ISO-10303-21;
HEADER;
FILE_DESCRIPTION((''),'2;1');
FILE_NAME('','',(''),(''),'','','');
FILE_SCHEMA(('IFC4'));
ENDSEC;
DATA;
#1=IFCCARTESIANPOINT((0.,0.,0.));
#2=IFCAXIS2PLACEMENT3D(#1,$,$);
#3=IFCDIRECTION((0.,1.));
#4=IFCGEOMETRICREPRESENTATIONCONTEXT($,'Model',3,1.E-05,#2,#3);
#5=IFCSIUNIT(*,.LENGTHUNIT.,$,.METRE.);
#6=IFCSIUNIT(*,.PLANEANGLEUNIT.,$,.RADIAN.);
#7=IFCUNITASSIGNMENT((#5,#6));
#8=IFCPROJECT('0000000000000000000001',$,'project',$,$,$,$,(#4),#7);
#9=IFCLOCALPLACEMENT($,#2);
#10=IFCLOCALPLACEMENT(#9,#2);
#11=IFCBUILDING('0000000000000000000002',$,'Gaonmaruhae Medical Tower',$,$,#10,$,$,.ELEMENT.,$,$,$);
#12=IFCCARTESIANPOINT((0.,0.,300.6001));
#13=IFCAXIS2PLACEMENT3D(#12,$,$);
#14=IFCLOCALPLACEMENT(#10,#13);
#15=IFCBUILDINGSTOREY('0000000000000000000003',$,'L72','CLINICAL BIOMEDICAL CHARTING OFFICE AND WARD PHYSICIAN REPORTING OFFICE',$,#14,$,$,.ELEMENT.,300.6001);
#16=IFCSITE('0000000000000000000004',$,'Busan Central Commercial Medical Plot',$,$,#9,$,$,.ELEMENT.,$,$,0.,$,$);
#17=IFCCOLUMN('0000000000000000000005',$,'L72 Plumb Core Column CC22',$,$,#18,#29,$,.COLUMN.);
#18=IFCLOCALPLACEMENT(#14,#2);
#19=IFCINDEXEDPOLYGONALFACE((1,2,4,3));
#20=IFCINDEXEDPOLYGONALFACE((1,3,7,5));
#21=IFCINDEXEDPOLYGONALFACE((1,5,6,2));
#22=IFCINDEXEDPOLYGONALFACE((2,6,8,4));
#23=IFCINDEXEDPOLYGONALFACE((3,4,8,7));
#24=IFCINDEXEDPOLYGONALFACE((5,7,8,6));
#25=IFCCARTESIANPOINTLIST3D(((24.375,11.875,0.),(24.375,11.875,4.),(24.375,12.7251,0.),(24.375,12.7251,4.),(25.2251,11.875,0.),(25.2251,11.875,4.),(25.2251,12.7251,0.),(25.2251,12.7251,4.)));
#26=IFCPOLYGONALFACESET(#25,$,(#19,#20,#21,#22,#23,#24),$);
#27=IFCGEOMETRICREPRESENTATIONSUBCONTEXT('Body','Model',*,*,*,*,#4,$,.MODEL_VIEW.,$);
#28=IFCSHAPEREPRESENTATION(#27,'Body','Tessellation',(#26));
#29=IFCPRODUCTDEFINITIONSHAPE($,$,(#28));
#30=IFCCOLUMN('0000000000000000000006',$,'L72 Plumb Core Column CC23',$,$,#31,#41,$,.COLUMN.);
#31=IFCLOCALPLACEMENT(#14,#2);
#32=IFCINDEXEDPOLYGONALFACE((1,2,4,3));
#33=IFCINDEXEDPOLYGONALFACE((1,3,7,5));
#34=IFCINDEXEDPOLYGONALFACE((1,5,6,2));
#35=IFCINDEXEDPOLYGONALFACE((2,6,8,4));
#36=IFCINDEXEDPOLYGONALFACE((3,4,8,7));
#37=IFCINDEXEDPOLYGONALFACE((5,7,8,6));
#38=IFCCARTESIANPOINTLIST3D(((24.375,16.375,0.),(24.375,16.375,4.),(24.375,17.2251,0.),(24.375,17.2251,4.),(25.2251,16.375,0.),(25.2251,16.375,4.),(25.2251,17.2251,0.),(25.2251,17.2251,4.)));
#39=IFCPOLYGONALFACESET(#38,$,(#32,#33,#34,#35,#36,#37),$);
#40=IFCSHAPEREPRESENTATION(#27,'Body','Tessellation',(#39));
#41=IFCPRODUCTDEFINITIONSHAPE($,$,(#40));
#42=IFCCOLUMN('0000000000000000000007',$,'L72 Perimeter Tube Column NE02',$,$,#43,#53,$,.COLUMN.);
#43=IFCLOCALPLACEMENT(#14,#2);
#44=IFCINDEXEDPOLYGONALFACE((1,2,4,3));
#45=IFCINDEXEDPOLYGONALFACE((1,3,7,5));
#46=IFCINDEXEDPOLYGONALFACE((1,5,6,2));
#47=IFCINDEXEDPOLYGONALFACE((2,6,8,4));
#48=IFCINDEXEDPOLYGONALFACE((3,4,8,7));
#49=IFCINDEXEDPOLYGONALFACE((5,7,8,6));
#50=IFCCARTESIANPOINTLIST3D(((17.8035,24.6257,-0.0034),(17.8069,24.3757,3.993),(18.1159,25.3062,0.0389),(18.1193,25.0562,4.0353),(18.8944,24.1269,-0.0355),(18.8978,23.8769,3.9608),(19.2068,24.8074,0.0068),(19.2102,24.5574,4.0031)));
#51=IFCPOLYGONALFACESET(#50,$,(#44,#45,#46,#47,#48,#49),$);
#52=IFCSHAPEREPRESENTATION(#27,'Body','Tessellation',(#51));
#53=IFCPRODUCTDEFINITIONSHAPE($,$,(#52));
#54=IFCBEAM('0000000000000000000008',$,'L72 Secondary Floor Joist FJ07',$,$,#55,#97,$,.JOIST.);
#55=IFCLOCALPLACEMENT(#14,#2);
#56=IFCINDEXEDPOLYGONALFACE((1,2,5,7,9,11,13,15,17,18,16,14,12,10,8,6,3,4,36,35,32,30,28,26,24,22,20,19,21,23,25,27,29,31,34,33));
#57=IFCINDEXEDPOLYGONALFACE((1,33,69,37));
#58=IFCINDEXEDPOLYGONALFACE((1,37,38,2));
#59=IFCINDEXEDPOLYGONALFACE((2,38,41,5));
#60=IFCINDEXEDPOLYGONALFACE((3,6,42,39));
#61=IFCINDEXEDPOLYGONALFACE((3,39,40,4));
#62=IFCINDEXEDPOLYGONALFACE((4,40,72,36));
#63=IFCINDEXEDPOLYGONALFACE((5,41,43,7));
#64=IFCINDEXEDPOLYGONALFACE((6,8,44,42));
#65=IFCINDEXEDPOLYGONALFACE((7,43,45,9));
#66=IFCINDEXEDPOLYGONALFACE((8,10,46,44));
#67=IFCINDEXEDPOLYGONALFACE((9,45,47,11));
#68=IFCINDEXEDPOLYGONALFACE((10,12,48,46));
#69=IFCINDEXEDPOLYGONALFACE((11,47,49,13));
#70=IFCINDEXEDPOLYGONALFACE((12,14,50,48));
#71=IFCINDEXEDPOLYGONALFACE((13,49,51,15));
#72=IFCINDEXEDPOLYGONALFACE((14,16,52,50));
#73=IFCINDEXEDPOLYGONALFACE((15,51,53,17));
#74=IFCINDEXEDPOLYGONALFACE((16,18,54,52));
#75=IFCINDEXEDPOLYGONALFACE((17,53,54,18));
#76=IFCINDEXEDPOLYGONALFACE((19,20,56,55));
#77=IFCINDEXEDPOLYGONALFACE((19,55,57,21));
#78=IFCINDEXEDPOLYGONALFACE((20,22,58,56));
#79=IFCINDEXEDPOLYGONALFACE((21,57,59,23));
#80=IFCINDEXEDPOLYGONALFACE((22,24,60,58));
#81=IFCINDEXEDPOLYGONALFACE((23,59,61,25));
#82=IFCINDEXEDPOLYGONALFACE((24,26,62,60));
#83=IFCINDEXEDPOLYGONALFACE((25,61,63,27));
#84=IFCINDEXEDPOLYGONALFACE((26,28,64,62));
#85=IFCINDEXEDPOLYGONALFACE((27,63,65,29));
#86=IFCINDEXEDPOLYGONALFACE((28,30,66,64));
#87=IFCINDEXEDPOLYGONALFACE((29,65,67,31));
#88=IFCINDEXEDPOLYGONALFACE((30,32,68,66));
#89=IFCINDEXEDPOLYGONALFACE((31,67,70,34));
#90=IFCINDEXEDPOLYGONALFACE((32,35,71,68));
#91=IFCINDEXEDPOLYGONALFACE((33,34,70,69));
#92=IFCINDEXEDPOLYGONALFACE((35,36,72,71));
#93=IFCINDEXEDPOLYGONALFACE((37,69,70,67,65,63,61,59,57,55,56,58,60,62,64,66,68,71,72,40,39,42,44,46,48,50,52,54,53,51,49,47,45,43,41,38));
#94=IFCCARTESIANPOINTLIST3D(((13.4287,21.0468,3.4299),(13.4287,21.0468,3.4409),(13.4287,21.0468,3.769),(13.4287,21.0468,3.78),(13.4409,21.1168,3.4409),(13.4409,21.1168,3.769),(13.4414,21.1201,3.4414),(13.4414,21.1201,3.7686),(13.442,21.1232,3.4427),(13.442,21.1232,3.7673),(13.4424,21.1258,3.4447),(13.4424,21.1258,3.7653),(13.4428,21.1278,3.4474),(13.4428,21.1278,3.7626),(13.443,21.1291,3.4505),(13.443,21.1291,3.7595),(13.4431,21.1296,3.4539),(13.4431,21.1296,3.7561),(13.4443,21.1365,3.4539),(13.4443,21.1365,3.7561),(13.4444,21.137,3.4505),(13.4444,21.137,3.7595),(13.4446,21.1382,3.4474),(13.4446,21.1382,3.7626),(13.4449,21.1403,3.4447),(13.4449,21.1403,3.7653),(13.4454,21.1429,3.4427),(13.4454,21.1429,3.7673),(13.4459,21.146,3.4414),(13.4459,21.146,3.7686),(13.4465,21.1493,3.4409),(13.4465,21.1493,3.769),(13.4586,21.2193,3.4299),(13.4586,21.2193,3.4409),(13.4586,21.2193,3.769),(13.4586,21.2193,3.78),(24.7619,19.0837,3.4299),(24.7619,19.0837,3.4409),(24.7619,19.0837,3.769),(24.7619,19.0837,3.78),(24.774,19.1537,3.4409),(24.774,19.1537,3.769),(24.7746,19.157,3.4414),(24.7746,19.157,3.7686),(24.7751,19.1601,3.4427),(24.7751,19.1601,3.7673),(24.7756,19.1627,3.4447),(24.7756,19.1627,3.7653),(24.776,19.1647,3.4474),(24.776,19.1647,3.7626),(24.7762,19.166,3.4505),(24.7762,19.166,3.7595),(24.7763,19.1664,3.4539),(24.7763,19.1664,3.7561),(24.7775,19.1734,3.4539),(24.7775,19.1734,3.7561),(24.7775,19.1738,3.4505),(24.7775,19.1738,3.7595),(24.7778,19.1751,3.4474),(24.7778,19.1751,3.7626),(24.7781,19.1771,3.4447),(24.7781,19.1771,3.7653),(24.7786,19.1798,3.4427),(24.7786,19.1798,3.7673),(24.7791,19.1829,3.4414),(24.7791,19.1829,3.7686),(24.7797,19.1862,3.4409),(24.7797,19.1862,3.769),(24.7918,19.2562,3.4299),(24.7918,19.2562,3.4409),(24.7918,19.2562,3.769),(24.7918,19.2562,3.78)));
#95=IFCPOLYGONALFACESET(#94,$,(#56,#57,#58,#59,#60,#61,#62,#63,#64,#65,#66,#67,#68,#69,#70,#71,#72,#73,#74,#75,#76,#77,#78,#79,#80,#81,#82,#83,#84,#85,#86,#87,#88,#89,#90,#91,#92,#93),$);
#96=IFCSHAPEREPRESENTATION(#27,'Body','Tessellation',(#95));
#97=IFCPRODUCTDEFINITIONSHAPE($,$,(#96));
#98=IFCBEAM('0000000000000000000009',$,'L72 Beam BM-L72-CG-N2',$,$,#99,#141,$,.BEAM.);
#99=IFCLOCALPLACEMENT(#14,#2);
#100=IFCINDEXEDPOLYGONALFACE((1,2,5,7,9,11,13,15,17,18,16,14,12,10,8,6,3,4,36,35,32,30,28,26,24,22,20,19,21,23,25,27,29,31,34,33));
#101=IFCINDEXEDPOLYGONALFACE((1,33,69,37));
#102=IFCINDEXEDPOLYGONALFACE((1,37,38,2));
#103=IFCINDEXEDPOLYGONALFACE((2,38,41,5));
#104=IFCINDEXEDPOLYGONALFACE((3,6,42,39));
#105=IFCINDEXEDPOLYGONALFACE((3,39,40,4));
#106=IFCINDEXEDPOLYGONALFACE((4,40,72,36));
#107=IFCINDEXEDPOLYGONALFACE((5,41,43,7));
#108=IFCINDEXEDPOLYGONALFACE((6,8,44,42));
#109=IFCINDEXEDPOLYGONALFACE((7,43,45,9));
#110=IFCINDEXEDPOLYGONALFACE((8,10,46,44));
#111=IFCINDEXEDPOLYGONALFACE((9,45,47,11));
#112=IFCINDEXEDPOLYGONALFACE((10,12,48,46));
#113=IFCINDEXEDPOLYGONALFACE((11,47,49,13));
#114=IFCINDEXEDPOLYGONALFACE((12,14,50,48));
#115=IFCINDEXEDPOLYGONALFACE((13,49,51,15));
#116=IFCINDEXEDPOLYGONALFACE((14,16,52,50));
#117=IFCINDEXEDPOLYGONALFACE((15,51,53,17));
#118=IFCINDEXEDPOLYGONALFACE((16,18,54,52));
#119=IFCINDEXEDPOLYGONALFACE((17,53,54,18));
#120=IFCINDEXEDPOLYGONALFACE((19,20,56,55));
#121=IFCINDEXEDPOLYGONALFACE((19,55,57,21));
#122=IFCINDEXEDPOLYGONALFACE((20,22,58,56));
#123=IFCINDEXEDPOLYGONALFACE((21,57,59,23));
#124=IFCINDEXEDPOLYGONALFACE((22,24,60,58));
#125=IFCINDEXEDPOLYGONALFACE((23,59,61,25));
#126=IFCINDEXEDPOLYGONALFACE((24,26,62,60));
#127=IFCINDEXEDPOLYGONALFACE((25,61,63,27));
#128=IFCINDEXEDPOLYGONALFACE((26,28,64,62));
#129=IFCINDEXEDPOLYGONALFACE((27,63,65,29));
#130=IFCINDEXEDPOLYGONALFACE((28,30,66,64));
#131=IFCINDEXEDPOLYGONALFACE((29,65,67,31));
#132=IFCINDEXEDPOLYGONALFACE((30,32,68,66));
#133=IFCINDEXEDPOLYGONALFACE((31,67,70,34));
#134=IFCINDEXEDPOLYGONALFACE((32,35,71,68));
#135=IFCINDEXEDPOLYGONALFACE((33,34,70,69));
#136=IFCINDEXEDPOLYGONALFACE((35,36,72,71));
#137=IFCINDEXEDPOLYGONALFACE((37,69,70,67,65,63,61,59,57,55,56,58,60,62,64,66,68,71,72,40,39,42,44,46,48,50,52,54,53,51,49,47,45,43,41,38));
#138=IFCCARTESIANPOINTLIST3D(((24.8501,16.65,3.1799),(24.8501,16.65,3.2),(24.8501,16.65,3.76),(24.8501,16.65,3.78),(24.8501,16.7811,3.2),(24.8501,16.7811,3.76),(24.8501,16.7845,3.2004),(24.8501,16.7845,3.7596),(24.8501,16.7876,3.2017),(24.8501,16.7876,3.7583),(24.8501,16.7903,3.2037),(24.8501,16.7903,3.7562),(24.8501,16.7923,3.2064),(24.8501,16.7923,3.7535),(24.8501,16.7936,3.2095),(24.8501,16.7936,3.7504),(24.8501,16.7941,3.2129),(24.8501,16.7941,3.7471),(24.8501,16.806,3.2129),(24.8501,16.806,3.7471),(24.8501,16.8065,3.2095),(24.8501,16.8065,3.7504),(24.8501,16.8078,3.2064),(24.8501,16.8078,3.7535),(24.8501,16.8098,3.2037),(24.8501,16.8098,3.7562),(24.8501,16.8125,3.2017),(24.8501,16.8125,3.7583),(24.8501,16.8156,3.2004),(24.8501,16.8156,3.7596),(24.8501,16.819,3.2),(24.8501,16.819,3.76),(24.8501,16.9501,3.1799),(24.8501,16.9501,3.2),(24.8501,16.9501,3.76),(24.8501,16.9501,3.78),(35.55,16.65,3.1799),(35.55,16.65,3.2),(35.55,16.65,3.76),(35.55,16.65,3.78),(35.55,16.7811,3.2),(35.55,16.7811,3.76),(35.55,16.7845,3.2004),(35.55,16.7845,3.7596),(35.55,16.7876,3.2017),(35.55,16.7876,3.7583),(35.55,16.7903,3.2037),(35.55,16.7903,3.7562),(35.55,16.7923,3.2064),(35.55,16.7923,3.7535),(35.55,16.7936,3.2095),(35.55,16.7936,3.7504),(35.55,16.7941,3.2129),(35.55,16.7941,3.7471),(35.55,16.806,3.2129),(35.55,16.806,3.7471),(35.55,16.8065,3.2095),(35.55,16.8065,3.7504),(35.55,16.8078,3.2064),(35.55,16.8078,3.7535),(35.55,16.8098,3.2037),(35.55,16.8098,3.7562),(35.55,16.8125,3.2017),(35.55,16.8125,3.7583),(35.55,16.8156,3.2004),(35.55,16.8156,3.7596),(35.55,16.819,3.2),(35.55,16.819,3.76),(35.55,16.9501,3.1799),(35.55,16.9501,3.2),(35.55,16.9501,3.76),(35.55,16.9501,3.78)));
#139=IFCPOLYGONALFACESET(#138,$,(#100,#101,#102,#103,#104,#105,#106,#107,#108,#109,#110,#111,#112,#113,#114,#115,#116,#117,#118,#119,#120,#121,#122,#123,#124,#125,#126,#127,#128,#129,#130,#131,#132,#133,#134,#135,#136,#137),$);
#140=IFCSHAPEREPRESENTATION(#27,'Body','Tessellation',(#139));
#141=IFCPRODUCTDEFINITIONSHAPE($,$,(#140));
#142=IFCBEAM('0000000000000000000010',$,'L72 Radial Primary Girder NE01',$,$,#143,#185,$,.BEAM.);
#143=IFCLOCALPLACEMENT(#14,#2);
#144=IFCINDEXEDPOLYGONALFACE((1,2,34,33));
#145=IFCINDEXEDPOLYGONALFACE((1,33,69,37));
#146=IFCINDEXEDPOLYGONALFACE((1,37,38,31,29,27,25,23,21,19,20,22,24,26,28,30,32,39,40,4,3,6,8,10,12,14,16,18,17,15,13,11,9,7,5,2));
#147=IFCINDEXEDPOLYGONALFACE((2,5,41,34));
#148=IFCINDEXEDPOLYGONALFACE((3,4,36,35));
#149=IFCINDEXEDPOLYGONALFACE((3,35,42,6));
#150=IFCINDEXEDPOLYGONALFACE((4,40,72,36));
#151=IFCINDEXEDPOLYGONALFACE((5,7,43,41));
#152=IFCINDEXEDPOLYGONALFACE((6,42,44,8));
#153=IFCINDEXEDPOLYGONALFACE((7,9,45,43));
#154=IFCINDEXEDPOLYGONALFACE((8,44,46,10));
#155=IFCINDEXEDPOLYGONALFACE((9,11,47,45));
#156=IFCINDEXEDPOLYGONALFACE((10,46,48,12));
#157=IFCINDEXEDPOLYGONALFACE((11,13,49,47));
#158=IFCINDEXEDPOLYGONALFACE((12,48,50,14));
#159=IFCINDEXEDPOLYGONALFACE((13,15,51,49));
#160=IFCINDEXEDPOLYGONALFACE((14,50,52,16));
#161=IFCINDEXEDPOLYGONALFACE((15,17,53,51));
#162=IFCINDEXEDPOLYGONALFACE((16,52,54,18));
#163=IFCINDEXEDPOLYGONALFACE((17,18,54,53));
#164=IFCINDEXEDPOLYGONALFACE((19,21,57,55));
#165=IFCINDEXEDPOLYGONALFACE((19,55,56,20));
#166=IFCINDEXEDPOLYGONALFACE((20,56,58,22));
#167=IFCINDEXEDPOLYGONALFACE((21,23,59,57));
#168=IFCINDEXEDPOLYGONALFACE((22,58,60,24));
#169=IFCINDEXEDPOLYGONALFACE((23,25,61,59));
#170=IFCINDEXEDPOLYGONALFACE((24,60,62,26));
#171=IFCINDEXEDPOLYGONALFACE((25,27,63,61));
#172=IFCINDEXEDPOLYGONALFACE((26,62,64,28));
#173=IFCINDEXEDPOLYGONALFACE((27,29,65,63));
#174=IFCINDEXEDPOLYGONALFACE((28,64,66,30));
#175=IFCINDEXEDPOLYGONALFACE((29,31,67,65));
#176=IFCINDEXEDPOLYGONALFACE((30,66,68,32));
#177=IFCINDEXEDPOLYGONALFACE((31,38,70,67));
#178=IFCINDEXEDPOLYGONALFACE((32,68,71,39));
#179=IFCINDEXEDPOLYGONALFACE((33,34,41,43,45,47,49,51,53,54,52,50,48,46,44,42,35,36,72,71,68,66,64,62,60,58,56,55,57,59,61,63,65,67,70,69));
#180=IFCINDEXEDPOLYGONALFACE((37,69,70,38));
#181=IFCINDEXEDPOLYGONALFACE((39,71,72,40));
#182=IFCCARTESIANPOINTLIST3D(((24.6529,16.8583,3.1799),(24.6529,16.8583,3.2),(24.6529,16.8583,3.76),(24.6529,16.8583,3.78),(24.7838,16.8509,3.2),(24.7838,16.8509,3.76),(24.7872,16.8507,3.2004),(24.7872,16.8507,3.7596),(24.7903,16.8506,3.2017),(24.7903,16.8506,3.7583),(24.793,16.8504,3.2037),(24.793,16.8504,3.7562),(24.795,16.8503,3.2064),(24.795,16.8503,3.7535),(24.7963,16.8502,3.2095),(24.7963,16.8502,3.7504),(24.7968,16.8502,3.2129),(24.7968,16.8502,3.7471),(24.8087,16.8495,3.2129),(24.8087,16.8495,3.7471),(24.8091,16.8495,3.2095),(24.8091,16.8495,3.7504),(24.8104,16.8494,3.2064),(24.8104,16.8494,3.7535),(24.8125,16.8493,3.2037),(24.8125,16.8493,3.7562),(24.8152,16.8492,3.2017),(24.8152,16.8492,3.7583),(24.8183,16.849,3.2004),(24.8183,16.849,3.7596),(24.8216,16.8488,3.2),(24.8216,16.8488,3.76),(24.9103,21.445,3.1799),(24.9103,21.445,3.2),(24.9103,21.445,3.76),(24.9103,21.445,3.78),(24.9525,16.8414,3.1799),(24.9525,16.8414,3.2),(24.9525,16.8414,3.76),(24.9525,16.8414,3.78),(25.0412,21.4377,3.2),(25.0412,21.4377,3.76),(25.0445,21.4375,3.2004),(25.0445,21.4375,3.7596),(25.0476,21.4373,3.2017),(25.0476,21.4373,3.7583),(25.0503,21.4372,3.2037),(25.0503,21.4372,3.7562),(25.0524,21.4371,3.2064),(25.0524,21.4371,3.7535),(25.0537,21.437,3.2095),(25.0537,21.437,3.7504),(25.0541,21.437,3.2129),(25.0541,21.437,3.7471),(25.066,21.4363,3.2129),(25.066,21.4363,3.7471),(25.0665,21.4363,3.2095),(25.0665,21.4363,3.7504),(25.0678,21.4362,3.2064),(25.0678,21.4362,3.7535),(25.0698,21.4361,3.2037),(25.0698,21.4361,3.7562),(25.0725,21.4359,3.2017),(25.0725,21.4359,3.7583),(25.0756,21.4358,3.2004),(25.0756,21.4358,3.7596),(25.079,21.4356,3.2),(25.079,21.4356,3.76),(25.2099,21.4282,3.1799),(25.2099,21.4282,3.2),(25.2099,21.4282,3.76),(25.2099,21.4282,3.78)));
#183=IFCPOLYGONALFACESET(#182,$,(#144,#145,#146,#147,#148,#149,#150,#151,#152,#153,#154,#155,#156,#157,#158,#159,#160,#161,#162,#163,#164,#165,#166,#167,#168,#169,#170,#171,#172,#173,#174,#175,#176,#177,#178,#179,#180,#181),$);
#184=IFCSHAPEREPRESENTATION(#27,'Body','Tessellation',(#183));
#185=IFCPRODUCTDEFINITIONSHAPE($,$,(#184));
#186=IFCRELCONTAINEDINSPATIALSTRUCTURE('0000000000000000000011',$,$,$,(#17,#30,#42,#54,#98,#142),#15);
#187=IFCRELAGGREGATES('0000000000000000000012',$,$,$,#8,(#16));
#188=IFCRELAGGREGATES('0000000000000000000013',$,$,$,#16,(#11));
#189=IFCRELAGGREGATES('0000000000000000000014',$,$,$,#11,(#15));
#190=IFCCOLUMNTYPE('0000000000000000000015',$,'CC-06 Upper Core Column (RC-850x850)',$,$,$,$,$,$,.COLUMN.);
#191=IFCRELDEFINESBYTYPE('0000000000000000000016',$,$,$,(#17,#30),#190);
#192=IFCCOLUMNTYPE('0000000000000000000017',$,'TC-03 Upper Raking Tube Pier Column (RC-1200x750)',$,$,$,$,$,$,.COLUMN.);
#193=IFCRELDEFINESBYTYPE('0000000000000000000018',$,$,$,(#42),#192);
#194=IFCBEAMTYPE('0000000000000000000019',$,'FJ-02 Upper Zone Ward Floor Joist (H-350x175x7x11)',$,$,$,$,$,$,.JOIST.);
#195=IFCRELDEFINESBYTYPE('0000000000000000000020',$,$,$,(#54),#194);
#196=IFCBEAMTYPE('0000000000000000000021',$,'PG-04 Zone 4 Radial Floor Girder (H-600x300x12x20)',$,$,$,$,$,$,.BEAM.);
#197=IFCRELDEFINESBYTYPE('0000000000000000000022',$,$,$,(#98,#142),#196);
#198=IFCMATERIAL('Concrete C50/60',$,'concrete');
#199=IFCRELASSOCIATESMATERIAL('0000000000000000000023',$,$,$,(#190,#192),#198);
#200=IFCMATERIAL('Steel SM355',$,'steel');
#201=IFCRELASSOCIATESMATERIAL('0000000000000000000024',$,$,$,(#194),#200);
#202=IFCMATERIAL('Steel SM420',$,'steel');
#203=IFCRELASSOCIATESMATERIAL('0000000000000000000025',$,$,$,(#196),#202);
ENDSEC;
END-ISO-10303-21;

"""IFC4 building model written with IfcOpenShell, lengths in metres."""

from ifc_helpers import new_model, si_unit, direction, frame, origin, origin_2d, place, context, subcontext, project, spatial, rectangle, i_section, extrude, material, material_profile, profile_set, type_object, element, save


model = new_model("IFC4")

# Units and contexts
model_context = context("Model", 3, precision=1e-05, world=origin(), true_north=direction((0.0, 1.0)))
body_context = subcontext(model_context, "Body", "Model", "MODEL_VIEW")
ifc_project = project(units=[si_unit("LENGTHUNIT", "METRE"), si_unit("PLANEANGLEUNIT", "RADIAN")], contexts=[model_context])

# Site, building, storey
site_placement = place(None, origin())
site = spatial("IfcSite", under=ifc_project, at=site_placement, Name="Busan Central Commercial Medical Plot", CompositionType="ELEMENT", RefElevation=0.0)
building_placement = place(site_placement, origin())
building = spatial("IfcBuilding", under=site, at=building_placement, Name="Gaonmaruhae Medical Tower", CompositionType="ELEMENT")
storey_placement = place(building_placement, frame((0.0, 0.0, 300.6001)))
storey = spatial("IfcBuildingStorey", under=building, at=storey_placement, Name="L72", Description="CLINICAL BIOMEDICAL CHARTING OFFICE AND WARD PHYSICIAN REPORTING OFFICE", CompositionType="ELEMENT", Elevation=300.6001)

# Columns
ifc_material_1 = material(Name="Concrete C50/60", Category="concrete")
ifc_material_profile_1 = material_profile(ifc_material_1, rectangle(XDim=0.8501, YDim=0.8501, at=origin_2d()), Name="RC-850x850")
ifc_profile_set_1 = profile_set([ifc_material_profile_1], Name="Concrete C50/60")
column_type_1 = type_object("IfcColumnType", Name="CC-06 Upper Core Column (RC-850x850)", PredefinedType="COLUMN", material=ifc_profile_set_1)
for number, where, z_axis, x_axis, name in (
    (1, (24.8, 12.3, 0.0), (0.0, 0.0, 1.0), (1.0, 0.0, 0.0), "L72 Plumb Core Column CC22"),
    (2, (24.8, 16.8, 0.0), (0.0, 0.0, 1.0), (1.0, 0.0, 0.0), "L72 Plumb Core Column CC23"),
):
    element("IfcColumn", number, at=place(storey_placement, frame(where, z_axis=z_axis, x_axis=x_axis)), inside=storey, type_object=column_type_1, Name=name, PredefinedType="COLUMN", context=body_context, shape_type="SweptSolid", body=[
        extrude(rectangle(XDim=0.8501, YDim=0.8501, at=origin_2d()), origin(), (0.0, 0.0, 1.0), 4.0),
    ])
ifc_material_profile_2 = material_profile(ifc_material_1, rectangle(XDim=1.2, YDim=0.75, at=origin_2d()), Name="RC-1200x750")
ifc_profile_set_2 = profile_set([ifc_material_profile_2], Name="Concrete C50/60")
column_type_2 = type_object("IfcColumnType", Name="TC-03 Upper Raking Tube Pier Column (RC-1200x750)", PredefinedType="COLUMN", material=ifc_profile_set_2)
column_placement = place(storey_placement, frame((18.5051, 24.7166, 0.0017), z_axis=(0.000854, -0.062435, 0.998049), x_axis=(-0.909103, 0.415709, 0.026783)))
element("IfcColumn", 3, at=column_placement, inside=storey, type_object=column_type_2, Name="L72 Perimeter Tube Column NE02", PredefinedType="COLUMN", context=body_context, shape_type="SweptSolid", body=[
    extrude(rectangle(XDim=1.2, YDim=0.75, at=origin_2d()), origin(), (0.0, 0.0, 1.0), 4.0042),
])

# Beams
ifc_material_2 = material(Name="Steel SM355", Category="steel")
ifc_material_profile_3 = material_profile(ifc_material_2, i_section(OverallWidth=0.175, OverallDepth=0.3501, WebThickness=0.0071, FlangeThickness=0.011, FilletRadius=0.0129, at=origin_2d()), Name="H-350x175x7x11")
ifc_profile_set_3 = profile_set([ifc_material_profile_3], Name="Steel SM355")
beam_type_1 = type_object("IfcBeamType", Name="FJ-02 Upper Zone Ward Floor Joist (H-350x175x7x11)", PredefinedType="JOIST", material=ifc_profile_set_3)
beam_1_placement = place(storey_placement, frame((24.7769, 19.1699, 3.605), z_axis=(-0.985327, 0.170677, 0.0), x_axis=(-0.170677, -0.985327, 0.0)))
element("IfcBeam", 4, at=beam_1_placement, inside=storey, type_object=beam_type_1, Name="L72 Secondary Floor Joist FJ07", PredefinedType="JOIST", context=body_context, shape_type="SweptSolid", body=[
    extrude(i_section(OverallWidth=0.175, OverallDepth=0.3501, WebThickness=0.0071, FlangeThickness=0.011, FilletRadius=0.0129, at=origin_2d()), origin(), (0.0, 0.0, 1.0), 11.502),
])
ifc_material_3 = material(Name="Steel SM420", Category="steel")
ifc_material_profile_4 = material_profile(ifc_material_3, i_section(OverallWidth=0.3, OverallDepth=0.6001, WebThickness=0.012, FlangeThickness=0.02, FilletRadius=0.0129, at=origin_2d()), Name="H-600x300x12x20")
ifc_profile_set_4 = profile_set([ifc_material_profile_4], Name="Steel SM420")
beam_type_2 = type_object("IfcBeamType", Name="PG-04 Zone 4 Radial Floor Girder (H-600x300x12x20)", PredefinedType="BEAM", material=ifc_profile_set_4)
beam_2_placement = place(storey_placement, frame((24.8501, 16.8, 3.48), z_axis=(1.0, 0.0, 0.0), x_axis=(0.0, 1.0, 0.0)))
element("IfcBeam", 5, at=beam_2_placement, inside=storey, type_object=beam_type_2, Name="L72 Beam BM-L72-CG-N2", PredefinedType="BEAM", context=body_context, shape_type="SweptSolid", body=[
    extrude(i_section(OverallWidth=0.3, OverallDepth=0.6001, WebThickness=0.012, FlangeThickness=0.02, FilletRadius=0.0129, at=origin_2d()), origin(), (0.0, 0.0, 1.0), 10.7),
])
beam_3_placement = place(storey_placement, frame((24.8027, 16.8499, 3.48), z_axis=(0.056015, 0.99843, 0.0), x_axis=(-0.99843, 0.056015, 0.0)))
element("IfcBeam", 6, at=beam_3_placement, inside=storey, type_object=beam_type_2, Name="L72 Radial Primary Girder NE01", PredefinedType="BEAM", context=body_context, shape_type="SweptSolid", body=[
    extrude(i_section(OverallWidth=0.3, OverallDepth=0.6001, WebThickness=0.012, FlangeThickness=0.02, FilletRadius=0.0129, at=origin_2d()), origin(), (0.0, 0.0, 1.0), 4.594),
])

save(model, "model.ifc")
